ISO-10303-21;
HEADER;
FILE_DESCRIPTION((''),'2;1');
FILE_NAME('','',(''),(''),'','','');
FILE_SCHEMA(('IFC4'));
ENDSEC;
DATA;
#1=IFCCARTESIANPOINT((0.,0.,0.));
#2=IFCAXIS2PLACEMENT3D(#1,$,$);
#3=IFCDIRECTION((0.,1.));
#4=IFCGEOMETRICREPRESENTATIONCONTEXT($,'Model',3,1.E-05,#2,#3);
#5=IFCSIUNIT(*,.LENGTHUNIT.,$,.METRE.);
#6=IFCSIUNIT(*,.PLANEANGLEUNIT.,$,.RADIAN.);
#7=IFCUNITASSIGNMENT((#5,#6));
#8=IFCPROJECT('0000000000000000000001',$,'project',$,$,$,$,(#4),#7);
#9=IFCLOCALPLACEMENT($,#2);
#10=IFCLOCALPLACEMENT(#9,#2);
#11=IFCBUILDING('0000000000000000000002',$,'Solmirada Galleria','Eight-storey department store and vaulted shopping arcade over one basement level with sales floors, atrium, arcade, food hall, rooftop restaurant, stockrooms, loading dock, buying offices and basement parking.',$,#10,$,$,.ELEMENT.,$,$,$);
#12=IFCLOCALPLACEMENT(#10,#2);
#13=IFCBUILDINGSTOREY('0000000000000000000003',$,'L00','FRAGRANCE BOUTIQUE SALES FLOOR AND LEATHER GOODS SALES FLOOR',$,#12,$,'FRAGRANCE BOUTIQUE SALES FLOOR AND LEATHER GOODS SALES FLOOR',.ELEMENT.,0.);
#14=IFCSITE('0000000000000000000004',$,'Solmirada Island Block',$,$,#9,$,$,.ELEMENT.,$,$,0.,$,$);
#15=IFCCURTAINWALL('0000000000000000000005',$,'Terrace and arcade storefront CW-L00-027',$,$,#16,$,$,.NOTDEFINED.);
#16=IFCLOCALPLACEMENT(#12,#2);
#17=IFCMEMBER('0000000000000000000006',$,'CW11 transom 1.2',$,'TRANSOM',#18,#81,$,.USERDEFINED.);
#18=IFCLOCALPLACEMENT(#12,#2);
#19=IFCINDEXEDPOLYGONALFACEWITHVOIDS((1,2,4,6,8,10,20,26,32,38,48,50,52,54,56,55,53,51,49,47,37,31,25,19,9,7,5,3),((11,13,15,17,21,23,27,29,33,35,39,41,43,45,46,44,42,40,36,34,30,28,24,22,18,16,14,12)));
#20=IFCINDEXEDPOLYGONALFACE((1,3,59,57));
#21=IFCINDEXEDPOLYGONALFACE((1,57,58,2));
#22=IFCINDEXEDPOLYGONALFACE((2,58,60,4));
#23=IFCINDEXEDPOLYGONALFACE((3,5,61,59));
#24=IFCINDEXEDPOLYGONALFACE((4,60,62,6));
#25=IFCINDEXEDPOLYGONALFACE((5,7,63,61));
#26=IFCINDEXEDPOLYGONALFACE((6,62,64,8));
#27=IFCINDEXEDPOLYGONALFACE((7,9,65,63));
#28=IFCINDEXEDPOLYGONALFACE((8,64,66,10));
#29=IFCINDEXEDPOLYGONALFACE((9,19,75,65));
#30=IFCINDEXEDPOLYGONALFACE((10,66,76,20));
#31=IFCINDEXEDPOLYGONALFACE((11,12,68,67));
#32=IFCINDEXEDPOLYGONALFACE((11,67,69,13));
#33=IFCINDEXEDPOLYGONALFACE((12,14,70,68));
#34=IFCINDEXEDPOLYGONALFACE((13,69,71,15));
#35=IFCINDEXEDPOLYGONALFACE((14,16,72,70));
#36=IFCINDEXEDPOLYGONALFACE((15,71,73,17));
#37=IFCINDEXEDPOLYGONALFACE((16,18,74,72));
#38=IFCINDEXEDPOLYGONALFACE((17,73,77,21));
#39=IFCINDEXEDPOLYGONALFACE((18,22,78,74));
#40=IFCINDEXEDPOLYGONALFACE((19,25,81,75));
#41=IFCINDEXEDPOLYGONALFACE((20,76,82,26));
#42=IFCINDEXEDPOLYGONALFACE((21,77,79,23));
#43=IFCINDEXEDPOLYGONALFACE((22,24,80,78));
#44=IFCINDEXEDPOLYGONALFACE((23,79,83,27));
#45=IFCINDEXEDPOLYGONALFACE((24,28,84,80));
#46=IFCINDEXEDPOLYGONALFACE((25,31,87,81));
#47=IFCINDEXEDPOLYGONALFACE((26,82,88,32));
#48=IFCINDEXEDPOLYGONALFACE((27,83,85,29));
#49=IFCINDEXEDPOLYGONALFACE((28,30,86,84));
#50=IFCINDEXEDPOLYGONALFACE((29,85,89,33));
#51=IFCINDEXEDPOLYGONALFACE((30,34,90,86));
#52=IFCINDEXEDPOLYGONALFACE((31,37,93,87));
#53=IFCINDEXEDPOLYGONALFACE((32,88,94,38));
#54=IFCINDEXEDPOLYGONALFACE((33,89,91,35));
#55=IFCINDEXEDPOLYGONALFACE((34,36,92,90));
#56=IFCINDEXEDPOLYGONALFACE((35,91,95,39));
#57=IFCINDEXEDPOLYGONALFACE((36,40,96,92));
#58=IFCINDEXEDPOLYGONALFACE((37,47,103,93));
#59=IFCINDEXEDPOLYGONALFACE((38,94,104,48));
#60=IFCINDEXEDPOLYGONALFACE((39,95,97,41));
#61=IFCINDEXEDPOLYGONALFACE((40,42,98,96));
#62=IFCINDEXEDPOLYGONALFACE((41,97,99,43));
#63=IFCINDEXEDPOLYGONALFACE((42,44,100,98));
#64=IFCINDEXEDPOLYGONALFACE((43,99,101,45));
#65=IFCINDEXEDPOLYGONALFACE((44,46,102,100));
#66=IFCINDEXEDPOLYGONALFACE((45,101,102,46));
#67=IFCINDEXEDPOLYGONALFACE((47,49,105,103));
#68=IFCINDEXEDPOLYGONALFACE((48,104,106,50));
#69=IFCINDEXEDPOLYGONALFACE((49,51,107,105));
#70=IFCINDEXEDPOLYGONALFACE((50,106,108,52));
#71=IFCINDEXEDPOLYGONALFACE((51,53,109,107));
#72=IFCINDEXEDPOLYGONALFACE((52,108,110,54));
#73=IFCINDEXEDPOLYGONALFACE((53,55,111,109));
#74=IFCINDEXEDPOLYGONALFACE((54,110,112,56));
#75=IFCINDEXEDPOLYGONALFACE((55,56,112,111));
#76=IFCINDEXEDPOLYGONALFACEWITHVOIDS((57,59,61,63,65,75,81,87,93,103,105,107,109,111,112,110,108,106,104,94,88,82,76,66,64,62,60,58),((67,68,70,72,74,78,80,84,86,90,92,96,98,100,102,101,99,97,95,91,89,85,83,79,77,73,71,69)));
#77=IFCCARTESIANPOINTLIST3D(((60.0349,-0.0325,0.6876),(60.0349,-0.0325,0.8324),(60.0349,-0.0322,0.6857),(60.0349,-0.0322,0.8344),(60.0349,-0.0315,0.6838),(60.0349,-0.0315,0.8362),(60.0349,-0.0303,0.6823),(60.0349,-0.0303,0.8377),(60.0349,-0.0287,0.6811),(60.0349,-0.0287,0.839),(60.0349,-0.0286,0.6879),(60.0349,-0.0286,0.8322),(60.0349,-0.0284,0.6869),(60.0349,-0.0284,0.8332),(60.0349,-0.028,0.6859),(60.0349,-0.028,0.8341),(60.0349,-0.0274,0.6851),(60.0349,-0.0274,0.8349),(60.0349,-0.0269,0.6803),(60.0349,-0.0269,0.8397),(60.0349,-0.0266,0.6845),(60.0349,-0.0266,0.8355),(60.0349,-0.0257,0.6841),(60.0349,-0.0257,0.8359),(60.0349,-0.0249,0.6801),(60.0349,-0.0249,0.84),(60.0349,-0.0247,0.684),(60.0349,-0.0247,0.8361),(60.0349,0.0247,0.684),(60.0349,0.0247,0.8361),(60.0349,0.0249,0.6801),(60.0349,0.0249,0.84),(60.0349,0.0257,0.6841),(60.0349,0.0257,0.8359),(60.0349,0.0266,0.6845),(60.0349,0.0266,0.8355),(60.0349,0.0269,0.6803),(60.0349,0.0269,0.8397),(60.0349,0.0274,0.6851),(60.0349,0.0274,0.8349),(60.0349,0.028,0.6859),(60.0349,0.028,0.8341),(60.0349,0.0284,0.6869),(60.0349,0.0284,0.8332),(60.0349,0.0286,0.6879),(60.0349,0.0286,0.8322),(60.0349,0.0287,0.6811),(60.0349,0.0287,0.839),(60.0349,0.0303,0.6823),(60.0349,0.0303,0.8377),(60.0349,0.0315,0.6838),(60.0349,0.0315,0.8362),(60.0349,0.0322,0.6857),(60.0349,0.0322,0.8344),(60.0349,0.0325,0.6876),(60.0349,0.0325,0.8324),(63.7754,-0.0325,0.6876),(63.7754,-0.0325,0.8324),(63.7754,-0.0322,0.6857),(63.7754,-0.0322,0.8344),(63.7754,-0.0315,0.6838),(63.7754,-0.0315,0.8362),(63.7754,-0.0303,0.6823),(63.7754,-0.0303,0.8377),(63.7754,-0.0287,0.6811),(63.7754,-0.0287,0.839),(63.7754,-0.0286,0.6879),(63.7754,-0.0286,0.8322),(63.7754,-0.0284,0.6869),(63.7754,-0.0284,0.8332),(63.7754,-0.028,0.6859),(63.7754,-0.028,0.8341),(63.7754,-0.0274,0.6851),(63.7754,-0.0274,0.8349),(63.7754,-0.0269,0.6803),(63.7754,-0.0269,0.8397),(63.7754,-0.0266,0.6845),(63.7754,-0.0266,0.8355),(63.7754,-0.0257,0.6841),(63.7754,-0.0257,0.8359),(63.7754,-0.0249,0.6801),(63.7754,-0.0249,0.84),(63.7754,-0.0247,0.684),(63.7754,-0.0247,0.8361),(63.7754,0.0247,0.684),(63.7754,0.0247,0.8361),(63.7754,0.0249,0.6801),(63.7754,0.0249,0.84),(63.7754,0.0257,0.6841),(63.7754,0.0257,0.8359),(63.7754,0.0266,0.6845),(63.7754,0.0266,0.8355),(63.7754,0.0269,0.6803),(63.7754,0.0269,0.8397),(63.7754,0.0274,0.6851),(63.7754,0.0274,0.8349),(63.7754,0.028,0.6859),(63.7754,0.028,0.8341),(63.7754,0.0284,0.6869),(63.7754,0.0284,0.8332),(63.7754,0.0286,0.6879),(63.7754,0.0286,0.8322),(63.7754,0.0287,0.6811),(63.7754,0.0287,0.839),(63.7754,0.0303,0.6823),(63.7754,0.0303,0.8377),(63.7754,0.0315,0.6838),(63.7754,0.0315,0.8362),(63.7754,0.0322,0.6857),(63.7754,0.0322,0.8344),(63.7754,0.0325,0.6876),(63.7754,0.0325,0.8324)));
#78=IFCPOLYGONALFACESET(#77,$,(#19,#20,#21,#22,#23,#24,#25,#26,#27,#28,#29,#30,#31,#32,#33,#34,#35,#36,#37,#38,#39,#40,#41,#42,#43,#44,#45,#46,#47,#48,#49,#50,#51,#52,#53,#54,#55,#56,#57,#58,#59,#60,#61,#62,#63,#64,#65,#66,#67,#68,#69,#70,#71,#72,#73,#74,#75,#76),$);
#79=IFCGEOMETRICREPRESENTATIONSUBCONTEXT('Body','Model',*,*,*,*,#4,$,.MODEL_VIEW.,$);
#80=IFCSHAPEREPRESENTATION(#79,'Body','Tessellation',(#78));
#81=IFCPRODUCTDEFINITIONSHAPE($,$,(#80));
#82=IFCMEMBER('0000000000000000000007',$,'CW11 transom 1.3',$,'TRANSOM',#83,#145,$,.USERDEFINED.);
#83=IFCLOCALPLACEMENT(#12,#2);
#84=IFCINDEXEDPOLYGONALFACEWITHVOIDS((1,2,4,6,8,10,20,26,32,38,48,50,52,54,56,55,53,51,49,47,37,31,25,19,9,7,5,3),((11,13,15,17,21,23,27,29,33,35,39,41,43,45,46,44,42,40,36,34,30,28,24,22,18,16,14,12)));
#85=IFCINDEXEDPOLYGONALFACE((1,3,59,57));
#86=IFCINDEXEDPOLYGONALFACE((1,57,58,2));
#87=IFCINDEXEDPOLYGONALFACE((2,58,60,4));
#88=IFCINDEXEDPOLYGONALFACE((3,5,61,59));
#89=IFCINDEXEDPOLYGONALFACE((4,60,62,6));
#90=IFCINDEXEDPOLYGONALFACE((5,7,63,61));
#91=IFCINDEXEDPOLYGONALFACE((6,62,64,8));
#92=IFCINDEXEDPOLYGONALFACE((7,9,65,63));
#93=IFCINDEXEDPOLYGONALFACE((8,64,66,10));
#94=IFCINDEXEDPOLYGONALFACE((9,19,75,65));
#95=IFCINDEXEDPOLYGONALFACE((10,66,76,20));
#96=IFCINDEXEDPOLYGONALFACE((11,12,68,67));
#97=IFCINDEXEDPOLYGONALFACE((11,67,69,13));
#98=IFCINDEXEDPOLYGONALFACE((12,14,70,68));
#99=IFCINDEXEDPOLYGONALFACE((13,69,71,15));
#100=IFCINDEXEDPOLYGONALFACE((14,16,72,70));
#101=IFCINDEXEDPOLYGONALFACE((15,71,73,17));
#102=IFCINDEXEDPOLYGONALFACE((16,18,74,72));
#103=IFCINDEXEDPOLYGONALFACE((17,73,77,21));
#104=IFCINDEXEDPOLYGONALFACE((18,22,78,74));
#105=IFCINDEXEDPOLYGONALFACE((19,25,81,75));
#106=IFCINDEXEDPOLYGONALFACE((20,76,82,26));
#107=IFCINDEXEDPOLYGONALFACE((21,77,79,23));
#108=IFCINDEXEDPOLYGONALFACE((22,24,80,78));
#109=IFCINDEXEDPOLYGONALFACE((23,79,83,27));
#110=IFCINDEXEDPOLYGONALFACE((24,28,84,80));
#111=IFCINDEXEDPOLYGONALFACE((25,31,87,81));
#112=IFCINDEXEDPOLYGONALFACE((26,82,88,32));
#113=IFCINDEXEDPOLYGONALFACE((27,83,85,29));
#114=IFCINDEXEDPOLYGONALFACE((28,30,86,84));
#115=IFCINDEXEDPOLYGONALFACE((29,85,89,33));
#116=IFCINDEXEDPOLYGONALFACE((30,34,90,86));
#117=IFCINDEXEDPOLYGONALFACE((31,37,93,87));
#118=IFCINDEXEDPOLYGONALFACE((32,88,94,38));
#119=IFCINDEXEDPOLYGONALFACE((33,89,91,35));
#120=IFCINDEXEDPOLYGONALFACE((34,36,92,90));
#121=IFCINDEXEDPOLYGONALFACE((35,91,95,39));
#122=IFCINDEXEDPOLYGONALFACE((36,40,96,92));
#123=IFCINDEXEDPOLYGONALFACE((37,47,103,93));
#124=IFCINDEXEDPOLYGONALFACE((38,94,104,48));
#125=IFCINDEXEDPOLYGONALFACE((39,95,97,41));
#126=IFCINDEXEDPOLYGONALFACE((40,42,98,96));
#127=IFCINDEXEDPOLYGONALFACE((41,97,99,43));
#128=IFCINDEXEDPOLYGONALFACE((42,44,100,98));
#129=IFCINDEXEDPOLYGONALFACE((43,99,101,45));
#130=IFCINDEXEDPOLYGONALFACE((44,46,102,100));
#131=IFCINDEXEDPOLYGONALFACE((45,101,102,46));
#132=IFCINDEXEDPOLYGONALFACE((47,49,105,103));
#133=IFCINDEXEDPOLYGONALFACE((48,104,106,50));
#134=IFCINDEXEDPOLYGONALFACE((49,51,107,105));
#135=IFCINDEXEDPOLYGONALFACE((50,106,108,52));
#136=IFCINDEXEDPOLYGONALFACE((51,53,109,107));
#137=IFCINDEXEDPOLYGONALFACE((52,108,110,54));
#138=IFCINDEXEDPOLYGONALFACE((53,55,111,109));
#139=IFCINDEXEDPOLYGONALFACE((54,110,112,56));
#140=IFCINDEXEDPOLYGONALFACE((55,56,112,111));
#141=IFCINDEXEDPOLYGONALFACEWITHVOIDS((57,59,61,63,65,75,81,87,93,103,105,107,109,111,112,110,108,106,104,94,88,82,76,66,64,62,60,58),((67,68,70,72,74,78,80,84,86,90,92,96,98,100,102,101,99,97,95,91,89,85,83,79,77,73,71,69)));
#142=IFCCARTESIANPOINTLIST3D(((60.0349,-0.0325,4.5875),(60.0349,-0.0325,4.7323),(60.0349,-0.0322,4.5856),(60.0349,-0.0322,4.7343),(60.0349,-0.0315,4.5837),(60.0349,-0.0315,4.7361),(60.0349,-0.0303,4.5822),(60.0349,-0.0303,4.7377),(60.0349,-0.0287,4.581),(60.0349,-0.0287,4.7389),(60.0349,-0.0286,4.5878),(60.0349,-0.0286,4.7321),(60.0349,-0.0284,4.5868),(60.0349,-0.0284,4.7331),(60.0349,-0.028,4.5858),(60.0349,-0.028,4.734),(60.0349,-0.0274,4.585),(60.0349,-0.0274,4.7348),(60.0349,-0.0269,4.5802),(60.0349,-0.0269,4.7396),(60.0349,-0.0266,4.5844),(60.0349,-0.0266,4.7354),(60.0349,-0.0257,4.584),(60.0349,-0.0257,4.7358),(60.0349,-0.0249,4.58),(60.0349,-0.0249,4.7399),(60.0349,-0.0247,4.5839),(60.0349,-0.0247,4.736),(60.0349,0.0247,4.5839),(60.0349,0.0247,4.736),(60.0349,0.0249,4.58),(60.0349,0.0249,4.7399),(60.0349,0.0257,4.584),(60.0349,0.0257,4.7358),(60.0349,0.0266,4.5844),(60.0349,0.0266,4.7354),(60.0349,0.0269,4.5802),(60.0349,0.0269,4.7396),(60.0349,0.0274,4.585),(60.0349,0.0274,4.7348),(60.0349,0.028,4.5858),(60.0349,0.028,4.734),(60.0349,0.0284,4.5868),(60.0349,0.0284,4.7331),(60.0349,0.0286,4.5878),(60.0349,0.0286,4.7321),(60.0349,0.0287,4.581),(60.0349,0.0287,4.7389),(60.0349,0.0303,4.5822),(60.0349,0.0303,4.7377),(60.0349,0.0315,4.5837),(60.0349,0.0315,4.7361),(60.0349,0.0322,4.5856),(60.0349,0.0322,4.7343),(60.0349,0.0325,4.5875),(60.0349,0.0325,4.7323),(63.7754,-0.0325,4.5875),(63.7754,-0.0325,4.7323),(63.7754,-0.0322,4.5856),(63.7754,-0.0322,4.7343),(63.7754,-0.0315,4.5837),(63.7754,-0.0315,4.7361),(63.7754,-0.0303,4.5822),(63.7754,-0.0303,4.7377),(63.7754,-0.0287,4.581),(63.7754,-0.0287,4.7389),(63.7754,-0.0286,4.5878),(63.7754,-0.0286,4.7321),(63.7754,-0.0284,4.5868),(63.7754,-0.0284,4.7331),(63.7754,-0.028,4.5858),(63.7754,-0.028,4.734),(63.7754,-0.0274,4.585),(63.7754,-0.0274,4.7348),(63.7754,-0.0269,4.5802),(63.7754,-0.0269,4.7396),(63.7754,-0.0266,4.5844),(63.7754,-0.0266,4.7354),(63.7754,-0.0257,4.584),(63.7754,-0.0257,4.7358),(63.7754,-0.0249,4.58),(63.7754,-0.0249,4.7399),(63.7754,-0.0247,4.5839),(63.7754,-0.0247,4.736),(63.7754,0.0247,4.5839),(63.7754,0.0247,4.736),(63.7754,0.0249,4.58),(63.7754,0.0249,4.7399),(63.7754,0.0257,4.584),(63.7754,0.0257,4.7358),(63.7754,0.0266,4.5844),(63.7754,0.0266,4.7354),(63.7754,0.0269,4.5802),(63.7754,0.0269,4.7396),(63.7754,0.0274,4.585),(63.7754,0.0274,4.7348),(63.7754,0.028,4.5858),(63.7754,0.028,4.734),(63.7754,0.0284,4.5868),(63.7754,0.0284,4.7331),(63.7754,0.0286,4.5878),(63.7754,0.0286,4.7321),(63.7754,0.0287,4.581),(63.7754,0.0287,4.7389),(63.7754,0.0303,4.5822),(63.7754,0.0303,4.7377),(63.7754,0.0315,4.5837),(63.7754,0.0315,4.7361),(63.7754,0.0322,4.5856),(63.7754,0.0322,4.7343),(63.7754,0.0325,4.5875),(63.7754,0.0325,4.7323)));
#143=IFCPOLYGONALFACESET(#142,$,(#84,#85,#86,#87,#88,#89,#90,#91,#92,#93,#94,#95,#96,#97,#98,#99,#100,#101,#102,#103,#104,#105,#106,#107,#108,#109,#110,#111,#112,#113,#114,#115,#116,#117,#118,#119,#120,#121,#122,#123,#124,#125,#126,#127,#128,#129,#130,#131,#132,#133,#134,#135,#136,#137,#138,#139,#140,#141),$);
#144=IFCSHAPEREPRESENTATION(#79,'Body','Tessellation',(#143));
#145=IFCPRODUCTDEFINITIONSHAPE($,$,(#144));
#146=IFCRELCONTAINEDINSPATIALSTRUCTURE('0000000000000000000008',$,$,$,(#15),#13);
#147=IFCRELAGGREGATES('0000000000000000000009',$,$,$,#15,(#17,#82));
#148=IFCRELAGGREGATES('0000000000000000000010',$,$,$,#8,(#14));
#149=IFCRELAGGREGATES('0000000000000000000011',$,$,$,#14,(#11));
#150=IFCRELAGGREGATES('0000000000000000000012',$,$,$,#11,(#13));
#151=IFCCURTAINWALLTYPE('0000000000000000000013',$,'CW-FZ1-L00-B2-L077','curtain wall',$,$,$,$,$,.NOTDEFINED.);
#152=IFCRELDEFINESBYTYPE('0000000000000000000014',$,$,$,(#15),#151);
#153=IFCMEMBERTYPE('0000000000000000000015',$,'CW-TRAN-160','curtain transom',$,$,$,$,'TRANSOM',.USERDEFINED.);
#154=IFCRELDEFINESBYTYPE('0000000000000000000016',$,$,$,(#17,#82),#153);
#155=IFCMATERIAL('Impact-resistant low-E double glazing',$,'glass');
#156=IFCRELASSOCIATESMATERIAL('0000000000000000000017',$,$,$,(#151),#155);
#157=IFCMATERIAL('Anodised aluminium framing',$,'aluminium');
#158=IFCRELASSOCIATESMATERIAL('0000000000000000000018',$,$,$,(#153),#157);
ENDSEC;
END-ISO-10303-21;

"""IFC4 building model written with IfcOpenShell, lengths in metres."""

from ifc_helpers import new_model, si_unit, direction, frame, origin, origin_2d, place, context, subcontext, project, spatial, hollow_rectangle, extrude, material, material_profile, profile_set, type_object, element, aggregate, save


model = new_model("IFC4")

# Units and contexts
model_context = context("Model", 3, precision=1e-05, world=origin(), true_north=direction((0.0, 1.0)))
body_context = subcontext(model_context, "Body", "Model", "MODEL_VIEW")
ifc_project = project(units=[si_unit("LENGTHUNIT", "METRE"), si_unit("PLANEANGLEUNIT", "RADIAN")], contexts=[model_context])

# Site, building, storey
site_placement = place(None, origin())
site = spatial("IfcSite", under=ifc_project, at=site_placement, Name="Solmirada Island Block", CompositionType="ELEMENT", RefElevation=0.0)
building_placement = place(site_placement, origin())
building = spatial("IfcBuilding", under=site, at=building_placement, Name="Solmirada Galleria", Description="Eight-storey department store and vaulted shopping arcade over one basement level with sales floors, atrium, arcade, food hall, rooftop restaurant, stockrooms, loading dock, buying offices and basement parking.", CompositionType="ELEMENT")
storey_placement = place(building_placement, origin())
storey = spatial("IfcBuildingStorey", under=building, at=storey_placement, Name="L00", Description="FRAGRANCE BOUTIQUE SALES FLOOR AND LEATHER GOODS SALES FLOOR", LongName="FRAGRANCE BOUTIQUE SALES FLOOR AND LEATHER GOODS SALES FLOOR", CompositionType="ELEMENT", Elevation=0.0)

# Shared definitions
ifc_material_1 = material(Name="Impact-resistant low-E double glazing", Category="glass")
ifc_material_2 = material(Name="Anodised aluminium framing", Category="aluminium")

# Curtain wall
curtain_wall_type_1 = type_object("IfcCurtainWallType", Name="CW-FZ1-L00-B2-L077", Description="curtain wall", PredefinedType="NOTDEFINED", material=ifc_material_1)
curtain_wall_1_placement = place(storey_placement, origin())
curtain_wall_1 = element("IfcCurtainWall", 1, at=curtain_wall_1_placement, inside=storey, type_object=curtain_wall_type_1, Name="Terrace and arcade storefront CW-L00-027", PredefinedType="NOTDEFINED")

# Members
ifc_material_profile_1 = material_profile(ifc_material_2, hollow_rectangle(XDim=0.0649, YDim=0.1599, WallThickness=0.0039, InnerFilletRadius=0.0039, OuterFilletRadius=0.0076, at=origin_2d()), Name="ALU-TRAN-160X65")
ifc_profile_set_1 = profile_set([ifc_material_profile_1], Name="Anodised aluminium framing")
member_type_1 = type_object("IfcMemberType", Name="CW-TRAN-160", Description="curtain transom", ElementType="TRANSOM", PredefinedType="USERDEFINED", material=ifc_profile_set_1)
member_1_placement = place(storey_placement, frame((63.7754, 0.0, 0.76), z_axis=(-1.0, 0.0, 0.0), x_axis=(0.0, -1.0, 0.0)))
member_1 = element("IfcMember", 2, at=member_1_placement, type_object=member_type_1, Name="CW11 transom 1.2", ObjectType="TRANSOM", PredefinedType="USERDEFINED", context=body_context, shape_type="SweptSolid", body=[
    extrude(hollow_rectangle(XDim=0.0649, YDim=0.1599, WallThickness=0.0039, InnerFilletRadius=0.0039, OuterFilletRadius=0.0076, at=origin_2d()), origin(), (0.0, 0.0, 1.0), 3.7405),
])
member_2_placement = place(storey_placement, frame((63.7754, 0.0, 4.6599), z_axis=(-1.0, 0.0, 0.0), x_axis=(0.0, -1.0, 0.0)))
member_2 = element("IfcMember", 3, at=member_2_placement, type_object=member_type_1, Name="CW11 transom 1.3", ObjectType="TRANSOM", PredefinedType="USERDEFINED", context=body_context, shape_type="SweptSolid", body=[
    extrude(hollow_rectangle(XDim=0.0649, YDim=0.1599, WallThickness=0.0039, InnerFilletRadius=0.0039, OuterFilletRadius=0.0076, at=origin_2d()), origin(), (0.0, 0.0, 1.0), 3.7405),
])
aggregate(curtain_wall_1, [member_1, member_2])

save(model, "model.ifc")
